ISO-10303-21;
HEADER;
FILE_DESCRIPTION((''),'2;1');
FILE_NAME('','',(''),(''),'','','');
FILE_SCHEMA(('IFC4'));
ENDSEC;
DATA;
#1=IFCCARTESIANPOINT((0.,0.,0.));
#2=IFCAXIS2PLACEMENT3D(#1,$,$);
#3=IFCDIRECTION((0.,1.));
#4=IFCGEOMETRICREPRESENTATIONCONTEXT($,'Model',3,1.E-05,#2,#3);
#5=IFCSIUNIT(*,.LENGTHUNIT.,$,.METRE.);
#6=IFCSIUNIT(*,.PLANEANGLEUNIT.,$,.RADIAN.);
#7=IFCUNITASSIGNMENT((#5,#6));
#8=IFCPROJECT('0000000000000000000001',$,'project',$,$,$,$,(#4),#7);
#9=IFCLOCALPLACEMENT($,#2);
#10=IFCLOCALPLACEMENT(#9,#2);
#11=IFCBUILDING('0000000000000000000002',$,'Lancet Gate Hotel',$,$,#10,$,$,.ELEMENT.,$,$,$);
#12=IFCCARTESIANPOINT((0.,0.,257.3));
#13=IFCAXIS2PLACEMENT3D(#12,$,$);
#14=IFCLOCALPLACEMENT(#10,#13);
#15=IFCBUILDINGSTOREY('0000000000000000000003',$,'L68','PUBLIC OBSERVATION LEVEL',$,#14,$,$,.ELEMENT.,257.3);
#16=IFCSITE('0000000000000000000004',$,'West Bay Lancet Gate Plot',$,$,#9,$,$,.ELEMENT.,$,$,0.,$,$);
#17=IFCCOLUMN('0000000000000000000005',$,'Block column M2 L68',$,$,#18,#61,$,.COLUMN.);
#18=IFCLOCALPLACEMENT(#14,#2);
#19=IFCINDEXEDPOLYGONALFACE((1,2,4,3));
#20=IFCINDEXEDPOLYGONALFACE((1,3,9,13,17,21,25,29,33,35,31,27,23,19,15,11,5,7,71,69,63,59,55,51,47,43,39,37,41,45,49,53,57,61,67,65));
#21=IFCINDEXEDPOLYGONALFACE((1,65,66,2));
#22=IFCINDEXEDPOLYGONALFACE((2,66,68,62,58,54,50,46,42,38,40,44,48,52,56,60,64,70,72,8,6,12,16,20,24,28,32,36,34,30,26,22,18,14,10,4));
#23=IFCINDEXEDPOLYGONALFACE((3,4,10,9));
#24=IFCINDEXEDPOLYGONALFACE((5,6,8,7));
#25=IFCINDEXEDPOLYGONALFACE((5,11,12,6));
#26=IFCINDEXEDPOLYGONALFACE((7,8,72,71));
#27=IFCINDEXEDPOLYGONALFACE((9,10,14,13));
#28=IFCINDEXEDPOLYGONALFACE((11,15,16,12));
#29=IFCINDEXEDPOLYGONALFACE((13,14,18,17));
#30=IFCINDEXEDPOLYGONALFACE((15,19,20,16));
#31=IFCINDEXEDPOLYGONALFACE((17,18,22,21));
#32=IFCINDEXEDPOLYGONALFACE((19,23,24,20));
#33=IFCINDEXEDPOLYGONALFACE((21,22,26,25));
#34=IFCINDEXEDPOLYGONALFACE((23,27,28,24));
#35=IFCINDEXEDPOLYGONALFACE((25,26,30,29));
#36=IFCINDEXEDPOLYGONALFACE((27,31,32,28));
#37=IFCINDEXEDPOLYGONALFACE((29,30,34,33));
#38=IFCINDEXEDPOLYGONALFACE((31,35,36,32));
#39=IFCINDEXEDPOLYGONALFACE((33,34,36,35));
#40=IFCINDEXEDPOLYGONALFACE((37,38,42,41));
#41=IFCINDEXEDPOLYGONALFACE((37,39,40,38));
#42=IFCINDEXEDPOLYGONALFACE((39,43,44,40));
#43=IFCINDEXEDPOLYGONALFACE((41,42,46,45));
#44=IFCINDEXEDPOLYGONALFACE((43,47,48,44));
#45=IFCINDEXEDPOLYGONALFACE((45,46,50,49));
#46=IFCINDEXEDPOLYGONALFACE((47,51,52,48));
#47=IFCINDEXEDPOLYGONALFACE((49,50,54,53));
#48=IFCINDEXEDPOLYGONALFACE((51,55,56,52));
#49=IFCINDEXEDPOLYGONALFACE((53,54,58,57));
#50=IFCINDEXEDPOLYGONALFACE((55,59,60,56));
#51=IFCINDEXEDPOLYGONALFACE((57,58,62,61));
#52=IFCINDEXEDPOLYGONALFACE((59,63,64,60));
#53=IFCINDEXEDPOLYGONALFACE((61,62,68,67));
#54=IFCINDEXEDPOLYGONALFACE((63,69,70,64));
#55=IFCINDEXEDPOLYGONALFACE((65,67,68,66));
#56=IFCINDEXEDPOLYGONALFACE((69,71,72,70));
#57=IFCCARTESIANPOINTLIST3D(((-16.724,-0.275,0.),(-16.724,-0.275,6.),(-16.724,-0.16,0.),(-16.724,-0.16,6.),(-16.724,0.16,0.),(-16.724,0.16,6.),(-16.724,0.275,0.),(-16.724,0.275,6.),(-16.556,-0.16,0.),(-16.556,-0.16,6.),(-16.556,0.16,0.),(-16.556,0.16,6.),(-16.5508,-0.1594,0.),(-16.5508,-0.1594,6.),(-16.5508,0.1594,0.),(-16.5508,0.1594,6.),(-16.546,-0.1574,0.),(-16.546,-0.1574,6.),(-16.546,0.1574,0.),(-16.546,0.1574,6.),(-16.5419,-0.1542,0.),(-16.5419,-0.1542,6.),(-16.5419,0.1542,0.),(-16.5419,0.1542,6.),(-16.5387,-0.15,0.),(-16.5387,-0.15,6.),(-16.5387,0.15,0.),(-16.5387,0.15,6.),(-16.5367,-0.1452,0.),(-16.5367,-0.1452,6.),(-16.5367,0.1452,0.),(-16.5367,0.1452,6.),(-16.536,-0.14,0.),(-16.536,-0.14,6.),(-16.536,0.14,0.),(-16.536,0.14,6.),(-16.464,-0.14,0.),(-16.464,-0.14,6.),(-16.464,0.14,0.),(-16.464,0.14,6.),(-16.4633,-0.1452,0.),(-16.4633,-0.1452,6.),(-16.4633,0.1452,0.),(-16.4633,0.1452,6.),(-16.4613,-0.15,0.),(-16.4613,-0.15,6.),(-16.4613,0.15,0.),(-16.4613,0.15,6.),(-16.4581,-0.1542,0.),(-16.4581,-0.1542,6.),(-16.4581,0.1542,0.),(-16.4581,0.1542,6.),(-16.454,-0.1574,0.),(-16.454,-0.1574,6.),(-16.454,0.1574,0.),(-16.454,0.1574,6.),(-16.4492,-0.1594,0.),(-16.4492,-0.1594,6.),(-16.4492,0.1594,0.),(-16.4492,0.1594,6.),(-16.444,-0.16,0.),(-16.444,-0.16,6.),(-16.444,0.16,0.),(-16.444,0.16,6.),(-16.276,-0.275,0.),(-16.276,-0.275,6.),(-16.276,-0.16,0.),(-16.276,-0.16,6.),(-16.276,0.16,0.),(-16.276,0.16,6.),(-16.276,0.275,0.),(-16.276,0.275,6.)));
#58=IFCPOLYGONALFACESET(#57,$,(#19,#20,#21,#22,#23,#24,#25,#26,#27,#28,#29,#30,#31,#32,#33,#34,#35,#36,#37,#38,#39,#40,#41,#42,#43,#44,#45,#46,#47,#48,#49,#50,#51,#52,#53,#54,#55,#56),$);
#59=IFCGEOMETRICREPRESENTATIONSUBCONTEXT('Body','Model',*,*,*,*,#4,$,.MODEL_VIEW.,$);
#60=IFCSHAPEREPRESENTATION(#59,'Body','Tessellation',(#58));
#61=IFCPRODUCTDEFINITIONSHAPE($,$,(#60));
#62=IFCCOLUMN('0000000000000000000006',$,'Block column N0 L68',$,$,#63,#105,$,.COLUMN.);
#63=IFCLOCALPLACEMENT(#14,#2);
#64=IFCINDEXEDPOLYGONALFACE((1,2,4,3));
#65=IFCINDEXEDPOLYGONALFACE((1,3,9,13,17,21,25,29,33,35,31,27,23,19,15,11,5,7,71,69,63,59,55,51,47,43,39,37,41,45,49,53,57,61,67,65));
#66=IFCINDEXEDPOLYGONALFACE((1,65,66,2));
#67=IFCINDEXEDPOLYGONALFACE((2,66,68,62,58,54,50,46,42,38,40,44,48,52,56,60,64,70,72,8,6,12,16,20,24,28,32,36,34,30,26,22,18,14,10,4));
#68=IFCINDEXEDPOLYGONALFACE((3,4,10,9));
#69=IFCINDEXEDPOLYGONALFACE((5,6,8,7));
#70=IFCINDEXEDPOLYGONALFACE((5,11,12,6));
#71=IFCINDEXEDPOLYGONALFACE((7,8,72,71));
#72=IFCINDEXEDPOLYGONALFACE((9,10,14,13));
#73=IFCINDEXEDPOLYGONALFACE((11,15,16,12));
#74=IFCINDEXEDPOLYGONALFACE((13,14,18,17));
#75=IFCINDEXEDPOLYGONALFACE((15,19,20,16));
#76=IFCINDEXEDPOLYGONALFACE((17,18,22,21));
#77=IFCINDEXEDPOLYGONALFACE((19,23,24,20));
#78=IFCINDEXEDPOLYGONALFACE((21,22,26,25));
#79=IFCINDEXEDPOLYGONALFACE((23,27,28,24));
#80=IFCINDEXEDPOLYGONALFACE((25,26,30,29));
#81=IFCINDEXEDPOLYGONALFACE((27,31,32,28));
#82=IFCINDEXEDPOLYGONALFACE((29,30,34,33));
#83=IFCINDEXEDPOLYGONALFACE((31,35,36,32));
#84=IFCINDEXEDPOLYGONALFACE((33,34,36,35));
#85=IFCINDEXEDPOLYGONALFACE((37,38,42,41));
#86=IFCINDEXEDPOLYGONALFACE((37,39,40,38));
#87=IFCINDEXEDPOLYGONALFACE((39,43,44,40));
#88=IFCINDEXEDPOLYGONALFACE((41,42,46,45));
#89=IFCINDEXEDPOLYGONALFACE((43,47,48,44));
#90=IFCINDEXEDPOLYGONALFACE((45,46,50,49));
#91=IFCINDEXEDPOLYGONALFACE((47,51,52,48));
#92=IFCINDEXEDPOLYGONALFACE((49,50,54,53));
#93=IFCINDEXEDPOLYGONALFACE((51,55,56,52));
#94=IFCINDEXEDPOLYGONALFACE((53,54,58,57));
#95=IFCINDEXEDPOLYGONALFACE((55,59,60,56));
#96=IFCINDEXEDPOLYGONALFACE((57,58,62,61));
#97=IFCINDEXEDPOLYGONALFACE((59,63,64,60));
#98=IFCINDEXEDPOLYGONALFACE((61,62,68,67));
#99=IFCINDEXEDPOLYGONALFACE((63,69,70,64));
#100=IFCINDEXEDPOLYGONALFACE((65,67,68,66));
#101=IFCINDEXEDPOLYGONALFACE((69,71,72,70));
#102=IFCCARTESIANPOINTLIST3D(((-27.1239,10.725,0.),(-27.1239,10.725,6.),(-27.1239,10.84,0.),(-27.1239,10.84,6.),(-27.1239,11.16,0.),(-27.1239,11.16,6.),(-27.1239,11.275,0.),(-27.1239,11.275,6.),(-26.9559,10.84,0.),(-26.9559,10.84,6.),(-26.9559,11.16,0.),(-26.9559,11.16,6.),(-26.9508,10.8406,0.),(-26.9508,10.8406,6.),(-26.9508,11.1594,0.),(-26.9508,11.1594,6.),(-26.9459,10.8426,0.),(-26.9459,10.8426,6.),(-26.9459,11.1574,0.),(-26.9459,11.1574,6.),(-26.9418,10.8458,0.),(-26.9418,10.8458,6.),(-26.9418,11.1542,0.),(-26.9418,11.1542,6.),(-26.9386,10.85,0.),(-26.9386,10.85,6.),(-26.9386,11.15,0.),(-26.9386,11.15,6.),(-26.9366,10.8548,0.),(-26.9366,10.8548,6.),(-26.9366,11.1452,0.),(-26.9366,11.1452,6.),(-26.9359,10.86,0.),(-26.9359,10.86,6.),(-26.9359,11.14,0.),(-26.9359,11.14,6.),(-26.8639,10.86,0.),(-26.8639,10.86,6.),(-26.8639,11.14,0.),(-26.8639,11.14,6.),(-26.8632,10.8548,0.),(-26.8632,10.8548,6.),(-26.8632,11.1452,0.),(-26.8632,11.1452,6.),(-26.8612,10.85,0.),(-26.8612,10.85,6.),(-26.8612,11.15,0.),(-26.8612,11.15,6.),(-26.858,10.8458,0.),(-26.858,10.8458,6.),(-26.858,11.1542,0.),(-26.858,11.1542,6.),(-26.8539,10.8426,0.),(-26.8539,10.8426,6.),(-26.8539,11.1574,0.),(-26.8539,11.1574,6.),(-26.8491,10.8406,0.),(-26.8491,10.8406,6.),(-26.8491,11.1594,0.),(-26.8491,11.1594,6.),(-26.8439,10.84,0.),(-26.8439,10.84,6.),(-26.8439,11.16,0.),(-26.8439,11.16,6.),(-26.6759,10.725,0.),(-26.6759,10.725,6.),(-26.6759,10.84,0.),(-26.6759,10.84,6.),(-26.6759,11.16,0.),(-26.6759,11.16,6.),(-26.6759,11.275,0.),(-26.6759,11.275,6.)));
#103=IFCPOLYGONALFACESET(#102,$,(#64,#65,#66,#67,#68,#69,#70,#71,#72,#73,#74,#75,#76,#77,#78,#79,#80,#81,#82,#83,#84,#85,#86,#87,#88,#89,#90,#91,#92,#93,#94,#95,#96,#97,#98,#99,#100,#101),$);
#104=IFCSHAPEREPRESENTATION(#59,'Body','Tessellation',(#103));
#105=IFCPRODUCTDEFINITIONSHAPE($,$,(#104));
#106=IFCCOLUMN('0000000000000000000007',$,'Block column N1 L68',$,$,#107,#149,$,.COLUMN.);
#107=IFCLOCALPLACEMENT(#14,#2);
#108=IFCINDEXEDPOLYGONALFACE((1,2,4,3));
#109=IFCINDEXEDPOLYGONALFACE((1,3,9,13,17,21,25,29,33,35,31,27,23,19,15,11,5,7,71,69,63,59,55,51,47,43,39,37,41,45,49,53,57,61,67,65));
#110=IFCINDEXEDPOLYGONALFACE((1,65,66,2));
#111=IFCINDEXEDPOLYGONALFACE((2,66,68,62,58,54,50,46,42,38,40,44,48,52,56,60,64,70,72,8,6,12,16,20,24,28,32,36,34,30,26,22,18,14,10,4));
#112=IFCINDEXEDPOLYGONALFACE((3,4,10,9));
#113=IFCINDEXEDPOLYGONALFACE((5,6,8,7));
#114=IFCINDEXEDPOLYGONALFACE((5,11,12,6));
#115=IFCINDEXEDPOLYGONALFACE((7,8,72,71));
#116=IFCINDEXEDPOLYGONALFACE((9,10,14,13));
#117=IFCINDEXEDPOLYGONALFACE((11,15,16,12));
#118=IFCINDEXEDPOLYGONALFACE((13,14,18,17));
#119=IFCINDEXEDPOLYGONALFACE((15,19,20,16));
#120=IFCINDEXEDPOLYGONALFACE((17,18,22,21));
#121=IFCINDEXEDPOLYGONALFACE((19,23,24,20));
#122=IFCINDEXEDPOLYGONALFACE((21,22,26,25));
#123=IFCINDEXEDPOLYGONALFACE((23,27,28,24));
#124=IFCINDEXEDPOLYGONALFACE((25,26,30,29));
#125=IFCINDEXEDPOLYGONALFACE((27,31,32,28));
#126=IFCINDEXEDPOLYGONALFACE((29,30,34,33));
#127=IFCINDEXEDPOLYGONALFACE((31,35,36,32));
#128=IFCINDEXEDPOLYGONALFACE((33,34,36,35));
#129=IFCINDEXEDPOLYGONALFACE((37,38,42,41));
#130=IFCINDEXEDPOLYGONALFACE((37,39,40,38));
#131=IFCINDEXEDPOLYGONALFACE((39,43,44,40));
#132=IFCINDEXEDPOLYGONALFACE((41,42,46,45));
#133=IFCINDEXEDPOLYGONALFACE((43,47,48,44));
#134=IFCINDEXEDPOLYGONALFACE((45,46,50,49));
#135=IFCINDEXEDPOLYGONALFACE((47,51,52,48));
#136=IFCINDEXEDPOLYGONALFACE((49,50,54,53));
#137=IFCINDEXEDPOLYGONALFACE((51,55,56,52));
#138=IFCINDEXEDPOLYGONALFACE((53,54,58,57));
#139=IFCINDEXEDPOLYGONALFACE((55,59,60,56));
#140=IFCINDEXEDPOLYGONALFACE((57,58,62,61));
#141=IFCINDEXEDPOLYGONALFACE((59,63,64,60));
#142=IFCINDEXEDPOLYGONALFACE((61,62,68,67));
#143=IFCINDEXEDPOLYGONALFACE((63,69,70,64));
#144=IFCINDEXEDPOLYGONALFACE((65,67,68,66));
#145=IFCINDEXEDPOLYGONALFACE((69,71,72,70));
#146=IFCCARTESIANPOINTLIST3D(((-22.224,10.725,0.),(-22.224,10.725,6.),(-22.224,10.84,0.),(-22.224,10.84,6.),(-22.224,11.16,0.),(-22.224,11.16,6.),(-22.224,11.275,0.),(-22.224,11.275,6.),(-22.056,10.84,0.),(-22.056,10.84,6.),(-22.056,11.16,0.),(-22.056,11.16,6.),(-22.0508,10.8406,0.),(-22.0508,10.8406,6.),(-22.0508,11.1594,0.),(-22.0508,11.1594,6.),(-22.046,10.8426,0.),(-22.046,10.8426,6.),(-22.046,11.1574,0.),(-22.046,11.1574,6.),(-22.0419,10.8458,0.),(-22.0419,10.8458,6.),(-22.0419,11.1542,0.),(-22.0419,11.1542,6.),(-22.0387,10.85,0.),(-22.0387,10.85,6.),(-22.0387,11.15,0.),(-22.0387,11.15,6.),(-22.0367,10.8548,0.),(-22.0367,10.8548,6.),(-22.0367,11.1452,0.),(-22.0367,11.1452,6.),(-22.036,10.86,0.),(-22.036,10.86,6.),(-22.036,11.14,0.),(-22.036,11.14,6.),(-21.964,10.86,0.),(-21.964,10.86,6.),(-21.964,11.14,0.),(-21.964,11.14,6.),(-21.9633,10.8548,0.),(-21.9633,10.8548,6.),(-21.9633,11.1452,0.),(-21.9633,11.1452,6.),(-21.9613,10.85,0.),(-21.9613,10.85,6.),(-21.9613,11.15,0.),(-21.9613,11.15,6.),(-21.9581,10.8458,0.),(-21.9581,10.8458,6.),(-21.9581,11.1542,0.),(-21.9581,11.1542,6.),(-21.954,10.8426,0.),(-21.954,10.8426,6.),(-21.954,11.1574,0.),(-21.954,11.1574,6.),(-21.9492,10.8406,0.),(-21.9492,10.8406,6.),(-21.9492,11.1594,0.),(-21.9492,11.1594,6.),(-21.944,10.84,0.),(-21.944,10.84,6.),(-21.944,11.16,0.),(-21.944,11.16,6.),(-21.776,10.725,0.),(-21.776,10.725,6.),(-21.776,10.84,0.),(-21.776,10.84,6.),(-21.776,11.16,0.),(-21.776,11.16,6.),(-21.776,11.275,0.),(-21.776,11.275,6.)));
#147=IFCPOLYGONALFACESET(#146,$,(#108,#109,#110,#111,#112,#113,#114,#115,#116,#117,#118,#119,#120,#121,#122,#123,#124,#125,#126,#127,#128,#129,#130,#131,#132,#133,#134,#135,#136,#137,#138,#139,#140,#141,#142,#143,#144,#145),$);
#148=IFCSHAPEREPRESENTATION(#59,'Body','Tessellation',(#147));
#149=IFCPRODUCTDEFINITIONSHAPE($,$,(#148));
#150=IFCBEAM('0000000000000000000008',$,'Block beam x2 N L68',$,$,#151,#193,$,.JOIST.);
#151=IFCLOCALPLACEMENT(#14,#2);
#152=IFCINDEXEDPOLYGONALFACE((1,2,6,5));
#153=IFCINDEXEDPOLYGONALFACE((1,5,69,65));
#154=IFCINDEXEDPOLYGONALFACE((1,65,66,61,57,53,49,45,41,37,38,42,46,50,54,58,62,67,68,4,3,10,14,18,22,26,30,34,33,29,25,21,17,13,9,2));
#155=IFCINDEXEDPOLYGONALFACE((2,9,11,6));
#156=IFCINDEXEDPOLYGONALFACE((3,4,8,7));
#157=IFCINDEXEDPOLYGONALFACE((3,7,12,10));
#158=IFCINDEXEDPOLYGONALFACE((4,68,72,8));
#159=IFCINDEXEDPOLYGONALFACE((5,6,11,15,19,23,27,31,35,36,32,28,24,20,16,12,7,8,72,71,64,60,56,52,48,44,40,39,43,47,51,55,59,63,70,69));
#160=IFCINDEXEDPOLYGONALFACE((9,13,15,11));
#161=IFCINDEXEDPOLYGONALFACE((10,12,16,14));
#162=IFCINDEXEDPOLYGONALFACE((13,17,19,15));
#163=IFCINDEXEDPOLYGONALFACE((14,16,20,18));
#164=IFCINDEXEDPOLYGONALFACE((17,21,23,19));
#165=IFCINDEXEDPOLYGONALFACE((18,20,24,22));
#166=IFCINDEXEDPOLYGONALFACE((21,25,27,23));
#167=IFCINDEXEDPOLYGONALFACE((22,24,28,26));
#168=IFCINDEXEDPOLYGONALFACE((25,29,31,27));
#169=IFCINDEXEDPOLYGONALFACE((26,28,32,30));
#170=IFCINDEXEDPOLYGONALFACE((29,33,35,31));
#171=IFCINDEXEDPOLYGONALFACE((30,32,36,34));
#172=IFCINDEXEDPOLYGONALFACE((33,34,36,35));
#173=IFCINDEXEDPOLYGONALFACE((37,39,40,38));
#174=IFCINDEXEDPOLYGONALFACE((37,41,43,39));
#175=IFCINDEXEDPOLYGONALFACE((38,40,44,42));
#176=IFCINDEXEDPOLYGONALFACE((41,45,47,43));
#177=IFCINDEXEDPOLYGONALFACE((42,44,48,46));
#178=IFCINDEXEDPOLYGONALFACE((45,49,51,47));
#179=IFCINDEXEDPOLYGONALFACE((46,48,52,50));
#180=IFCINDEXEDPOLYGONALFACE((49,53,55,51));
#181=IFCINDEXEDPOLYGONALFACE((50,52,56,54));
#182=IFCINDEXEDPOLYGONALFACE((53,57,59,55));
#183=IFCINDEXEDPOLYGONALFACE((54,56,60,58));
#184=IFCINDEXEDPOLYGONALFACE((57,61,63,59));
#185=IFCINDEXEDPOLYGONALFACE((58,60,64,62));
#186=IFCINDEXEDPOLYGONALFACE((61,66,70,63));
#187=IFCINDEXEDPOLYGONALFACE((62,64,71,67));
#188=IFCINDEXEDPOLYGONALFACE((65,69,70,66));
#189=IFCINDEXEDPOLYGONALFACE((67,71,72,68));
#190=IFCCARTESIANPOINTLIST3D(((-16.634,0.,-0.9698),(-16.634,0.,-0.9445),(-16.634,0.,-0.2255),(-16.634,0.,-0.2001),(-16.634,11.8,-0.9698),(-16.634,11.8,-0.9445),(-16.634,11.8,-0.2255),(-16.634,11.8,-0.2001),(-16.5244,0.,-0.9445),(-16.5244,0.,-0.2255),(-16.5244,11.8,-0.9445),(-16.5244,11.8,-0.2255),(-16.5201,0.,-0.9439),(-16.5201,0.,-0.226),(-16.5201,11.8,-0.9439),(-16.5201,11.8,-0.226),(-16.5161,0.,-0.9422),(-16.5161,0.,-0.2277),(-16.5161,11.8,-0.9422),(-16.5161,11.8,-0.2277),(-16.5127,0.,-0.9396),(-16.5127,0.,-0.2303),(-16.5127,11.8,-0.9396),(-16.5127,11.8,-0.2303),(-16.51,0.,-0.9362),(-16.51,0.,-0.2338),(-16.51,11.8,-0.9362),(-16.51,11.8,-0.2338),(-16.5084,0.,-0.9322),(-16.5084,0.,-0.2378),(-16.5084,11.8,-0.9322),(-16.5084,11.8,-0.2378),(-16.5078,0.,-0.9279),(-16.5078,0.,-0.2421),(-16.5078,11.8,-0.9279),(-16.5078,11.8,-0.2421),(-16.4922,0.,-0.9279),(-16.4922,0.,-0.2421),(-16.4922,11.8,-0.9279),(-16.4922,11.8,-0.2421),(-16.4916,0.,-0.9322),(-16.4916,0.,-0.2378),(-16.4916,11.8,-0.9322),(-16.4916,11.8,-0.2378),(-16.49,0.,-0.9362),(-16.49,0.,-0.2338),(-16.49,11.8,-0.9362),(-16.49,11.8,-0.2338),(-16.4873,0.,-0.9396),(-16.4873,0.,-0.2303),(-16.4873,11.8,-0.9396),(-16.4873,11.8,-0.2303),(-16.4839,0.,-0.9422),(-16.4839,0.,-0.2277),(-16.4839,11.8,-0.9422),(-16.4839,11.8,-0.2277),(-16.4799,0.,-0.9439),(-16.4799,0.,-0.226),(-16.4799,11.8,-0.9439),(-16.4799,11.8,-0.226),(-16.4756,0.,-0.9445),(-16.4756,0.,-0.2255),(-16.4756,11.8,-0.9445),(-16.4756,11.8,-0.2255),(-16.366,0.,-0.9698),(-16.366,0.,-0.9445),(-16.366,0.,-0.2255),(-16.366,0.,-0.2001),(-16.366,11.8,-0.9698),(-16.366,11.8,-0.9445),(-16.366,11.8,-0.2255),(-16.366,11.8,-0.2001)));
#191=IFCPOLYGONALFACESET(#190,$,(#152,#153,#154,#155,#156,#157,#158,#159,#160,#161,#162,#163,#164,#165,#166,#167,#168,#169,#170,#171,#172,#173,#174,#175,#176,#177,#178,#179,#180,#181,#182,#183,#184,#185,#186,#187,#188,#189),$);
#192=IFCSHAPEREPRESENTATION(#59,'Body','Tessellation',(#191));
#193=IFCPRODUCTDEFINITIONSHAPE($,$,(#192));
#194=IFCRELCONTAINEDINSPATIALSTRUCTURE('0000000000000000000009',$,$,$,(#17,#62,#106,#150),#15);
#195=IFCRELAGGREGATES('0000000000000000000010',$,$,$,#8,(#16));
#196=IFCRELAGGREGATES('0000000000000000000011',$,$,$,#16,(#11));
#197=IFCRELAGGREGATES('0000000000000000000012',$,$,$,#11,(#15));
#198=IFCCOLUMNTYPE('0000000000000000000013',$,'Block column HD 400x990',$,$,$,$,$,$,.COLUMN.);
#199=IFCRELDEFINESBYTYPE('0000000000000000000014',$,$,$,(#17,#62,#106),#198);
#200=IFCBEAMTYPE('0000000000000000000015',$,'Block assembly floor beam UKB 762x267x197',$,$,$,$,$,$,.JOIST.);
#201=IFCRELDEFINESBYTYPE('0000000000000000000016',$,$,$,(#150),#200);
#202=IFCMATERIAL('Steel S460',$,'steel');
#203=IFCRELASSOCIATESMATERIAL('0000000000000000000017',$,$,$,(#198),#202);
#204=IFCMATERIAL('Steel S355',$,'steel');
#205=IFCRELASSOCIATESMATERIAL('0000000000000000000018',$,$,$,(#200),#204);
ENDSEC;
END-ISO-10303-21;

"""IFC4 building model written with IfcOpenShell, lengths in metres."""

from ifc_helpers import new_model, si_unit, direction, frame, origin, origin_2d, place, context, subcontext, project, spatial, i_section, extrude, material, material_profile, profile_set, type_object, element, save


model = new_model("IFC4")

# Units and contexts
model_context = context("Model", 3, precision=1e-05, world=origin(), true_north=direction((0.0, 1.0)))
body_context = subcontext(model_context, "Body", "Model", "MODEL_VIEW")
ifc_project = project(units=[si_unit("LENGTHUNIT", "METRE"), si_unit("PLANEANGLEUNIT", "RADIAN")], contexts=[model_context])

# Site, building, storey
site_placement = place(None, origin())
site = spatial("IfcSite", under=ifc_project, at=site_placement, Name="West Bay Lancet Gate Plot", CompositionType="ELEMENT", RefElevation=0.0)
building_placement = place(site_placement, origin())
building = spatial("IfcBuilding", under=site, at=building_placement, Name="Lancet Gate Hotel", CompositionType="ELEMENT")
storey_placement = place(building_placement, frame((0.0, 0.0, 257.3)))
storey = spatial("IfcBuildingStorey", under=building, at=storey_placement, Name="L68", Description="PUBLIC OBSERVATION LEVEL", CompositionType="ELEMENT", Elevation=257.3)

# Columns
ifc_material_1 = material(Name="Steel S460", Category="steel")
ifc_material_profile_1 = material_profile(ifc_material_1, i_section(OverallWidth=0.448, OverallDepth=0.55, WebThickness=0.072, FlangeThickness=0.115, FilletRadius=0.02, at=origin_2d()), Name="HD 400x990")
ifc_profile_set_1 = profile_set([ifc_material_profile_1], Name="Steel S460")
column_type = type_object("IfcColumnType", Name="Block column HD 400x990", PredefinedType="COLUMN", material=ifc_profile_set_1)
for number, where, z_axis, x_axis, name in (
    (1, (-16.5, 0.0, 0.0), (0.0, 0.0, 1.0), (1.0, 0.0, 0.0), "Block column M2 L68"),
    (2, (-26.8999, 11.0, 0.0), (0.0, 0.0, 1.0), (1.0, 0.0, 0.0), "Block column N0 L68"),
    (3, (-22.0, 11.0, 0.0), (0.0, 0.0, 1.0), (1.0, 0.0, 0.0), "Block column N1 L68"),
):
    element("IfcColumn", number, at=place(storey_placement, frame(where, z_axis=z_axis, x_axis=x_axis)), inside=storey, type_object=column_type, Name=name, PredefinedType="COLUMN", context=body_context, shape_type="SweptSolid", body=[
        extrude(i_section(OverallWidth=0.448, OverallDepth=0.55, WebThickness=0.072, FlangeThickness=0.115, FilletRadius=0.02, at=origin_2d()), origin(), (0.0, 0.0, 1.0), 6.0),
    ])

# Beam
ifc_material_2 = material(Name="Steel S355", Category="steel")
ifc_material_profile_2 = material_profile(ifc_material_2, i_section(OverallWidth=0.2681, OverallDepth=0.7698, WebThickness=0.0156, FlangeThickness=0.0254, FilletRadius=0.0166, at=origin_2d()), Name="UKB 762x267x197")
ifc_profile_set_2 = profile_set([ifc_material_profile_2], Name="Steel S355")
beam_type_1 = type_object("IfcBeamType", Name="Block assembly floor beam UKB 762x267x197", PredefinedType="JOIST", material=ifc_profile_set_2)
beam_1_placement = place(storey_placement, frame((-16.5, 0.0, -0.585), z_axis=(0.0, 1.0, 0.0), x_axis=(-1.0, 0.0, 0.0)))
element("IfcBeam", 4, at=beam_1_placement, inside=storey, type_object=beam_type_1, Name="Block beam x2 N L68", PredefinedType="JOIST", context=body_context, shape_type="SweptSolid", body=[
    extrude(i_section(OverallWidth=0.2681, OverallDepth=0.7698, WebThickness=0.0156, FlangeThickness=0.0254, FilletRadius=0.0166, at=origin_2d()), origin(), (0.0, 0.0, 1.0), 11.8),
])

save(model, "model.ifc")
